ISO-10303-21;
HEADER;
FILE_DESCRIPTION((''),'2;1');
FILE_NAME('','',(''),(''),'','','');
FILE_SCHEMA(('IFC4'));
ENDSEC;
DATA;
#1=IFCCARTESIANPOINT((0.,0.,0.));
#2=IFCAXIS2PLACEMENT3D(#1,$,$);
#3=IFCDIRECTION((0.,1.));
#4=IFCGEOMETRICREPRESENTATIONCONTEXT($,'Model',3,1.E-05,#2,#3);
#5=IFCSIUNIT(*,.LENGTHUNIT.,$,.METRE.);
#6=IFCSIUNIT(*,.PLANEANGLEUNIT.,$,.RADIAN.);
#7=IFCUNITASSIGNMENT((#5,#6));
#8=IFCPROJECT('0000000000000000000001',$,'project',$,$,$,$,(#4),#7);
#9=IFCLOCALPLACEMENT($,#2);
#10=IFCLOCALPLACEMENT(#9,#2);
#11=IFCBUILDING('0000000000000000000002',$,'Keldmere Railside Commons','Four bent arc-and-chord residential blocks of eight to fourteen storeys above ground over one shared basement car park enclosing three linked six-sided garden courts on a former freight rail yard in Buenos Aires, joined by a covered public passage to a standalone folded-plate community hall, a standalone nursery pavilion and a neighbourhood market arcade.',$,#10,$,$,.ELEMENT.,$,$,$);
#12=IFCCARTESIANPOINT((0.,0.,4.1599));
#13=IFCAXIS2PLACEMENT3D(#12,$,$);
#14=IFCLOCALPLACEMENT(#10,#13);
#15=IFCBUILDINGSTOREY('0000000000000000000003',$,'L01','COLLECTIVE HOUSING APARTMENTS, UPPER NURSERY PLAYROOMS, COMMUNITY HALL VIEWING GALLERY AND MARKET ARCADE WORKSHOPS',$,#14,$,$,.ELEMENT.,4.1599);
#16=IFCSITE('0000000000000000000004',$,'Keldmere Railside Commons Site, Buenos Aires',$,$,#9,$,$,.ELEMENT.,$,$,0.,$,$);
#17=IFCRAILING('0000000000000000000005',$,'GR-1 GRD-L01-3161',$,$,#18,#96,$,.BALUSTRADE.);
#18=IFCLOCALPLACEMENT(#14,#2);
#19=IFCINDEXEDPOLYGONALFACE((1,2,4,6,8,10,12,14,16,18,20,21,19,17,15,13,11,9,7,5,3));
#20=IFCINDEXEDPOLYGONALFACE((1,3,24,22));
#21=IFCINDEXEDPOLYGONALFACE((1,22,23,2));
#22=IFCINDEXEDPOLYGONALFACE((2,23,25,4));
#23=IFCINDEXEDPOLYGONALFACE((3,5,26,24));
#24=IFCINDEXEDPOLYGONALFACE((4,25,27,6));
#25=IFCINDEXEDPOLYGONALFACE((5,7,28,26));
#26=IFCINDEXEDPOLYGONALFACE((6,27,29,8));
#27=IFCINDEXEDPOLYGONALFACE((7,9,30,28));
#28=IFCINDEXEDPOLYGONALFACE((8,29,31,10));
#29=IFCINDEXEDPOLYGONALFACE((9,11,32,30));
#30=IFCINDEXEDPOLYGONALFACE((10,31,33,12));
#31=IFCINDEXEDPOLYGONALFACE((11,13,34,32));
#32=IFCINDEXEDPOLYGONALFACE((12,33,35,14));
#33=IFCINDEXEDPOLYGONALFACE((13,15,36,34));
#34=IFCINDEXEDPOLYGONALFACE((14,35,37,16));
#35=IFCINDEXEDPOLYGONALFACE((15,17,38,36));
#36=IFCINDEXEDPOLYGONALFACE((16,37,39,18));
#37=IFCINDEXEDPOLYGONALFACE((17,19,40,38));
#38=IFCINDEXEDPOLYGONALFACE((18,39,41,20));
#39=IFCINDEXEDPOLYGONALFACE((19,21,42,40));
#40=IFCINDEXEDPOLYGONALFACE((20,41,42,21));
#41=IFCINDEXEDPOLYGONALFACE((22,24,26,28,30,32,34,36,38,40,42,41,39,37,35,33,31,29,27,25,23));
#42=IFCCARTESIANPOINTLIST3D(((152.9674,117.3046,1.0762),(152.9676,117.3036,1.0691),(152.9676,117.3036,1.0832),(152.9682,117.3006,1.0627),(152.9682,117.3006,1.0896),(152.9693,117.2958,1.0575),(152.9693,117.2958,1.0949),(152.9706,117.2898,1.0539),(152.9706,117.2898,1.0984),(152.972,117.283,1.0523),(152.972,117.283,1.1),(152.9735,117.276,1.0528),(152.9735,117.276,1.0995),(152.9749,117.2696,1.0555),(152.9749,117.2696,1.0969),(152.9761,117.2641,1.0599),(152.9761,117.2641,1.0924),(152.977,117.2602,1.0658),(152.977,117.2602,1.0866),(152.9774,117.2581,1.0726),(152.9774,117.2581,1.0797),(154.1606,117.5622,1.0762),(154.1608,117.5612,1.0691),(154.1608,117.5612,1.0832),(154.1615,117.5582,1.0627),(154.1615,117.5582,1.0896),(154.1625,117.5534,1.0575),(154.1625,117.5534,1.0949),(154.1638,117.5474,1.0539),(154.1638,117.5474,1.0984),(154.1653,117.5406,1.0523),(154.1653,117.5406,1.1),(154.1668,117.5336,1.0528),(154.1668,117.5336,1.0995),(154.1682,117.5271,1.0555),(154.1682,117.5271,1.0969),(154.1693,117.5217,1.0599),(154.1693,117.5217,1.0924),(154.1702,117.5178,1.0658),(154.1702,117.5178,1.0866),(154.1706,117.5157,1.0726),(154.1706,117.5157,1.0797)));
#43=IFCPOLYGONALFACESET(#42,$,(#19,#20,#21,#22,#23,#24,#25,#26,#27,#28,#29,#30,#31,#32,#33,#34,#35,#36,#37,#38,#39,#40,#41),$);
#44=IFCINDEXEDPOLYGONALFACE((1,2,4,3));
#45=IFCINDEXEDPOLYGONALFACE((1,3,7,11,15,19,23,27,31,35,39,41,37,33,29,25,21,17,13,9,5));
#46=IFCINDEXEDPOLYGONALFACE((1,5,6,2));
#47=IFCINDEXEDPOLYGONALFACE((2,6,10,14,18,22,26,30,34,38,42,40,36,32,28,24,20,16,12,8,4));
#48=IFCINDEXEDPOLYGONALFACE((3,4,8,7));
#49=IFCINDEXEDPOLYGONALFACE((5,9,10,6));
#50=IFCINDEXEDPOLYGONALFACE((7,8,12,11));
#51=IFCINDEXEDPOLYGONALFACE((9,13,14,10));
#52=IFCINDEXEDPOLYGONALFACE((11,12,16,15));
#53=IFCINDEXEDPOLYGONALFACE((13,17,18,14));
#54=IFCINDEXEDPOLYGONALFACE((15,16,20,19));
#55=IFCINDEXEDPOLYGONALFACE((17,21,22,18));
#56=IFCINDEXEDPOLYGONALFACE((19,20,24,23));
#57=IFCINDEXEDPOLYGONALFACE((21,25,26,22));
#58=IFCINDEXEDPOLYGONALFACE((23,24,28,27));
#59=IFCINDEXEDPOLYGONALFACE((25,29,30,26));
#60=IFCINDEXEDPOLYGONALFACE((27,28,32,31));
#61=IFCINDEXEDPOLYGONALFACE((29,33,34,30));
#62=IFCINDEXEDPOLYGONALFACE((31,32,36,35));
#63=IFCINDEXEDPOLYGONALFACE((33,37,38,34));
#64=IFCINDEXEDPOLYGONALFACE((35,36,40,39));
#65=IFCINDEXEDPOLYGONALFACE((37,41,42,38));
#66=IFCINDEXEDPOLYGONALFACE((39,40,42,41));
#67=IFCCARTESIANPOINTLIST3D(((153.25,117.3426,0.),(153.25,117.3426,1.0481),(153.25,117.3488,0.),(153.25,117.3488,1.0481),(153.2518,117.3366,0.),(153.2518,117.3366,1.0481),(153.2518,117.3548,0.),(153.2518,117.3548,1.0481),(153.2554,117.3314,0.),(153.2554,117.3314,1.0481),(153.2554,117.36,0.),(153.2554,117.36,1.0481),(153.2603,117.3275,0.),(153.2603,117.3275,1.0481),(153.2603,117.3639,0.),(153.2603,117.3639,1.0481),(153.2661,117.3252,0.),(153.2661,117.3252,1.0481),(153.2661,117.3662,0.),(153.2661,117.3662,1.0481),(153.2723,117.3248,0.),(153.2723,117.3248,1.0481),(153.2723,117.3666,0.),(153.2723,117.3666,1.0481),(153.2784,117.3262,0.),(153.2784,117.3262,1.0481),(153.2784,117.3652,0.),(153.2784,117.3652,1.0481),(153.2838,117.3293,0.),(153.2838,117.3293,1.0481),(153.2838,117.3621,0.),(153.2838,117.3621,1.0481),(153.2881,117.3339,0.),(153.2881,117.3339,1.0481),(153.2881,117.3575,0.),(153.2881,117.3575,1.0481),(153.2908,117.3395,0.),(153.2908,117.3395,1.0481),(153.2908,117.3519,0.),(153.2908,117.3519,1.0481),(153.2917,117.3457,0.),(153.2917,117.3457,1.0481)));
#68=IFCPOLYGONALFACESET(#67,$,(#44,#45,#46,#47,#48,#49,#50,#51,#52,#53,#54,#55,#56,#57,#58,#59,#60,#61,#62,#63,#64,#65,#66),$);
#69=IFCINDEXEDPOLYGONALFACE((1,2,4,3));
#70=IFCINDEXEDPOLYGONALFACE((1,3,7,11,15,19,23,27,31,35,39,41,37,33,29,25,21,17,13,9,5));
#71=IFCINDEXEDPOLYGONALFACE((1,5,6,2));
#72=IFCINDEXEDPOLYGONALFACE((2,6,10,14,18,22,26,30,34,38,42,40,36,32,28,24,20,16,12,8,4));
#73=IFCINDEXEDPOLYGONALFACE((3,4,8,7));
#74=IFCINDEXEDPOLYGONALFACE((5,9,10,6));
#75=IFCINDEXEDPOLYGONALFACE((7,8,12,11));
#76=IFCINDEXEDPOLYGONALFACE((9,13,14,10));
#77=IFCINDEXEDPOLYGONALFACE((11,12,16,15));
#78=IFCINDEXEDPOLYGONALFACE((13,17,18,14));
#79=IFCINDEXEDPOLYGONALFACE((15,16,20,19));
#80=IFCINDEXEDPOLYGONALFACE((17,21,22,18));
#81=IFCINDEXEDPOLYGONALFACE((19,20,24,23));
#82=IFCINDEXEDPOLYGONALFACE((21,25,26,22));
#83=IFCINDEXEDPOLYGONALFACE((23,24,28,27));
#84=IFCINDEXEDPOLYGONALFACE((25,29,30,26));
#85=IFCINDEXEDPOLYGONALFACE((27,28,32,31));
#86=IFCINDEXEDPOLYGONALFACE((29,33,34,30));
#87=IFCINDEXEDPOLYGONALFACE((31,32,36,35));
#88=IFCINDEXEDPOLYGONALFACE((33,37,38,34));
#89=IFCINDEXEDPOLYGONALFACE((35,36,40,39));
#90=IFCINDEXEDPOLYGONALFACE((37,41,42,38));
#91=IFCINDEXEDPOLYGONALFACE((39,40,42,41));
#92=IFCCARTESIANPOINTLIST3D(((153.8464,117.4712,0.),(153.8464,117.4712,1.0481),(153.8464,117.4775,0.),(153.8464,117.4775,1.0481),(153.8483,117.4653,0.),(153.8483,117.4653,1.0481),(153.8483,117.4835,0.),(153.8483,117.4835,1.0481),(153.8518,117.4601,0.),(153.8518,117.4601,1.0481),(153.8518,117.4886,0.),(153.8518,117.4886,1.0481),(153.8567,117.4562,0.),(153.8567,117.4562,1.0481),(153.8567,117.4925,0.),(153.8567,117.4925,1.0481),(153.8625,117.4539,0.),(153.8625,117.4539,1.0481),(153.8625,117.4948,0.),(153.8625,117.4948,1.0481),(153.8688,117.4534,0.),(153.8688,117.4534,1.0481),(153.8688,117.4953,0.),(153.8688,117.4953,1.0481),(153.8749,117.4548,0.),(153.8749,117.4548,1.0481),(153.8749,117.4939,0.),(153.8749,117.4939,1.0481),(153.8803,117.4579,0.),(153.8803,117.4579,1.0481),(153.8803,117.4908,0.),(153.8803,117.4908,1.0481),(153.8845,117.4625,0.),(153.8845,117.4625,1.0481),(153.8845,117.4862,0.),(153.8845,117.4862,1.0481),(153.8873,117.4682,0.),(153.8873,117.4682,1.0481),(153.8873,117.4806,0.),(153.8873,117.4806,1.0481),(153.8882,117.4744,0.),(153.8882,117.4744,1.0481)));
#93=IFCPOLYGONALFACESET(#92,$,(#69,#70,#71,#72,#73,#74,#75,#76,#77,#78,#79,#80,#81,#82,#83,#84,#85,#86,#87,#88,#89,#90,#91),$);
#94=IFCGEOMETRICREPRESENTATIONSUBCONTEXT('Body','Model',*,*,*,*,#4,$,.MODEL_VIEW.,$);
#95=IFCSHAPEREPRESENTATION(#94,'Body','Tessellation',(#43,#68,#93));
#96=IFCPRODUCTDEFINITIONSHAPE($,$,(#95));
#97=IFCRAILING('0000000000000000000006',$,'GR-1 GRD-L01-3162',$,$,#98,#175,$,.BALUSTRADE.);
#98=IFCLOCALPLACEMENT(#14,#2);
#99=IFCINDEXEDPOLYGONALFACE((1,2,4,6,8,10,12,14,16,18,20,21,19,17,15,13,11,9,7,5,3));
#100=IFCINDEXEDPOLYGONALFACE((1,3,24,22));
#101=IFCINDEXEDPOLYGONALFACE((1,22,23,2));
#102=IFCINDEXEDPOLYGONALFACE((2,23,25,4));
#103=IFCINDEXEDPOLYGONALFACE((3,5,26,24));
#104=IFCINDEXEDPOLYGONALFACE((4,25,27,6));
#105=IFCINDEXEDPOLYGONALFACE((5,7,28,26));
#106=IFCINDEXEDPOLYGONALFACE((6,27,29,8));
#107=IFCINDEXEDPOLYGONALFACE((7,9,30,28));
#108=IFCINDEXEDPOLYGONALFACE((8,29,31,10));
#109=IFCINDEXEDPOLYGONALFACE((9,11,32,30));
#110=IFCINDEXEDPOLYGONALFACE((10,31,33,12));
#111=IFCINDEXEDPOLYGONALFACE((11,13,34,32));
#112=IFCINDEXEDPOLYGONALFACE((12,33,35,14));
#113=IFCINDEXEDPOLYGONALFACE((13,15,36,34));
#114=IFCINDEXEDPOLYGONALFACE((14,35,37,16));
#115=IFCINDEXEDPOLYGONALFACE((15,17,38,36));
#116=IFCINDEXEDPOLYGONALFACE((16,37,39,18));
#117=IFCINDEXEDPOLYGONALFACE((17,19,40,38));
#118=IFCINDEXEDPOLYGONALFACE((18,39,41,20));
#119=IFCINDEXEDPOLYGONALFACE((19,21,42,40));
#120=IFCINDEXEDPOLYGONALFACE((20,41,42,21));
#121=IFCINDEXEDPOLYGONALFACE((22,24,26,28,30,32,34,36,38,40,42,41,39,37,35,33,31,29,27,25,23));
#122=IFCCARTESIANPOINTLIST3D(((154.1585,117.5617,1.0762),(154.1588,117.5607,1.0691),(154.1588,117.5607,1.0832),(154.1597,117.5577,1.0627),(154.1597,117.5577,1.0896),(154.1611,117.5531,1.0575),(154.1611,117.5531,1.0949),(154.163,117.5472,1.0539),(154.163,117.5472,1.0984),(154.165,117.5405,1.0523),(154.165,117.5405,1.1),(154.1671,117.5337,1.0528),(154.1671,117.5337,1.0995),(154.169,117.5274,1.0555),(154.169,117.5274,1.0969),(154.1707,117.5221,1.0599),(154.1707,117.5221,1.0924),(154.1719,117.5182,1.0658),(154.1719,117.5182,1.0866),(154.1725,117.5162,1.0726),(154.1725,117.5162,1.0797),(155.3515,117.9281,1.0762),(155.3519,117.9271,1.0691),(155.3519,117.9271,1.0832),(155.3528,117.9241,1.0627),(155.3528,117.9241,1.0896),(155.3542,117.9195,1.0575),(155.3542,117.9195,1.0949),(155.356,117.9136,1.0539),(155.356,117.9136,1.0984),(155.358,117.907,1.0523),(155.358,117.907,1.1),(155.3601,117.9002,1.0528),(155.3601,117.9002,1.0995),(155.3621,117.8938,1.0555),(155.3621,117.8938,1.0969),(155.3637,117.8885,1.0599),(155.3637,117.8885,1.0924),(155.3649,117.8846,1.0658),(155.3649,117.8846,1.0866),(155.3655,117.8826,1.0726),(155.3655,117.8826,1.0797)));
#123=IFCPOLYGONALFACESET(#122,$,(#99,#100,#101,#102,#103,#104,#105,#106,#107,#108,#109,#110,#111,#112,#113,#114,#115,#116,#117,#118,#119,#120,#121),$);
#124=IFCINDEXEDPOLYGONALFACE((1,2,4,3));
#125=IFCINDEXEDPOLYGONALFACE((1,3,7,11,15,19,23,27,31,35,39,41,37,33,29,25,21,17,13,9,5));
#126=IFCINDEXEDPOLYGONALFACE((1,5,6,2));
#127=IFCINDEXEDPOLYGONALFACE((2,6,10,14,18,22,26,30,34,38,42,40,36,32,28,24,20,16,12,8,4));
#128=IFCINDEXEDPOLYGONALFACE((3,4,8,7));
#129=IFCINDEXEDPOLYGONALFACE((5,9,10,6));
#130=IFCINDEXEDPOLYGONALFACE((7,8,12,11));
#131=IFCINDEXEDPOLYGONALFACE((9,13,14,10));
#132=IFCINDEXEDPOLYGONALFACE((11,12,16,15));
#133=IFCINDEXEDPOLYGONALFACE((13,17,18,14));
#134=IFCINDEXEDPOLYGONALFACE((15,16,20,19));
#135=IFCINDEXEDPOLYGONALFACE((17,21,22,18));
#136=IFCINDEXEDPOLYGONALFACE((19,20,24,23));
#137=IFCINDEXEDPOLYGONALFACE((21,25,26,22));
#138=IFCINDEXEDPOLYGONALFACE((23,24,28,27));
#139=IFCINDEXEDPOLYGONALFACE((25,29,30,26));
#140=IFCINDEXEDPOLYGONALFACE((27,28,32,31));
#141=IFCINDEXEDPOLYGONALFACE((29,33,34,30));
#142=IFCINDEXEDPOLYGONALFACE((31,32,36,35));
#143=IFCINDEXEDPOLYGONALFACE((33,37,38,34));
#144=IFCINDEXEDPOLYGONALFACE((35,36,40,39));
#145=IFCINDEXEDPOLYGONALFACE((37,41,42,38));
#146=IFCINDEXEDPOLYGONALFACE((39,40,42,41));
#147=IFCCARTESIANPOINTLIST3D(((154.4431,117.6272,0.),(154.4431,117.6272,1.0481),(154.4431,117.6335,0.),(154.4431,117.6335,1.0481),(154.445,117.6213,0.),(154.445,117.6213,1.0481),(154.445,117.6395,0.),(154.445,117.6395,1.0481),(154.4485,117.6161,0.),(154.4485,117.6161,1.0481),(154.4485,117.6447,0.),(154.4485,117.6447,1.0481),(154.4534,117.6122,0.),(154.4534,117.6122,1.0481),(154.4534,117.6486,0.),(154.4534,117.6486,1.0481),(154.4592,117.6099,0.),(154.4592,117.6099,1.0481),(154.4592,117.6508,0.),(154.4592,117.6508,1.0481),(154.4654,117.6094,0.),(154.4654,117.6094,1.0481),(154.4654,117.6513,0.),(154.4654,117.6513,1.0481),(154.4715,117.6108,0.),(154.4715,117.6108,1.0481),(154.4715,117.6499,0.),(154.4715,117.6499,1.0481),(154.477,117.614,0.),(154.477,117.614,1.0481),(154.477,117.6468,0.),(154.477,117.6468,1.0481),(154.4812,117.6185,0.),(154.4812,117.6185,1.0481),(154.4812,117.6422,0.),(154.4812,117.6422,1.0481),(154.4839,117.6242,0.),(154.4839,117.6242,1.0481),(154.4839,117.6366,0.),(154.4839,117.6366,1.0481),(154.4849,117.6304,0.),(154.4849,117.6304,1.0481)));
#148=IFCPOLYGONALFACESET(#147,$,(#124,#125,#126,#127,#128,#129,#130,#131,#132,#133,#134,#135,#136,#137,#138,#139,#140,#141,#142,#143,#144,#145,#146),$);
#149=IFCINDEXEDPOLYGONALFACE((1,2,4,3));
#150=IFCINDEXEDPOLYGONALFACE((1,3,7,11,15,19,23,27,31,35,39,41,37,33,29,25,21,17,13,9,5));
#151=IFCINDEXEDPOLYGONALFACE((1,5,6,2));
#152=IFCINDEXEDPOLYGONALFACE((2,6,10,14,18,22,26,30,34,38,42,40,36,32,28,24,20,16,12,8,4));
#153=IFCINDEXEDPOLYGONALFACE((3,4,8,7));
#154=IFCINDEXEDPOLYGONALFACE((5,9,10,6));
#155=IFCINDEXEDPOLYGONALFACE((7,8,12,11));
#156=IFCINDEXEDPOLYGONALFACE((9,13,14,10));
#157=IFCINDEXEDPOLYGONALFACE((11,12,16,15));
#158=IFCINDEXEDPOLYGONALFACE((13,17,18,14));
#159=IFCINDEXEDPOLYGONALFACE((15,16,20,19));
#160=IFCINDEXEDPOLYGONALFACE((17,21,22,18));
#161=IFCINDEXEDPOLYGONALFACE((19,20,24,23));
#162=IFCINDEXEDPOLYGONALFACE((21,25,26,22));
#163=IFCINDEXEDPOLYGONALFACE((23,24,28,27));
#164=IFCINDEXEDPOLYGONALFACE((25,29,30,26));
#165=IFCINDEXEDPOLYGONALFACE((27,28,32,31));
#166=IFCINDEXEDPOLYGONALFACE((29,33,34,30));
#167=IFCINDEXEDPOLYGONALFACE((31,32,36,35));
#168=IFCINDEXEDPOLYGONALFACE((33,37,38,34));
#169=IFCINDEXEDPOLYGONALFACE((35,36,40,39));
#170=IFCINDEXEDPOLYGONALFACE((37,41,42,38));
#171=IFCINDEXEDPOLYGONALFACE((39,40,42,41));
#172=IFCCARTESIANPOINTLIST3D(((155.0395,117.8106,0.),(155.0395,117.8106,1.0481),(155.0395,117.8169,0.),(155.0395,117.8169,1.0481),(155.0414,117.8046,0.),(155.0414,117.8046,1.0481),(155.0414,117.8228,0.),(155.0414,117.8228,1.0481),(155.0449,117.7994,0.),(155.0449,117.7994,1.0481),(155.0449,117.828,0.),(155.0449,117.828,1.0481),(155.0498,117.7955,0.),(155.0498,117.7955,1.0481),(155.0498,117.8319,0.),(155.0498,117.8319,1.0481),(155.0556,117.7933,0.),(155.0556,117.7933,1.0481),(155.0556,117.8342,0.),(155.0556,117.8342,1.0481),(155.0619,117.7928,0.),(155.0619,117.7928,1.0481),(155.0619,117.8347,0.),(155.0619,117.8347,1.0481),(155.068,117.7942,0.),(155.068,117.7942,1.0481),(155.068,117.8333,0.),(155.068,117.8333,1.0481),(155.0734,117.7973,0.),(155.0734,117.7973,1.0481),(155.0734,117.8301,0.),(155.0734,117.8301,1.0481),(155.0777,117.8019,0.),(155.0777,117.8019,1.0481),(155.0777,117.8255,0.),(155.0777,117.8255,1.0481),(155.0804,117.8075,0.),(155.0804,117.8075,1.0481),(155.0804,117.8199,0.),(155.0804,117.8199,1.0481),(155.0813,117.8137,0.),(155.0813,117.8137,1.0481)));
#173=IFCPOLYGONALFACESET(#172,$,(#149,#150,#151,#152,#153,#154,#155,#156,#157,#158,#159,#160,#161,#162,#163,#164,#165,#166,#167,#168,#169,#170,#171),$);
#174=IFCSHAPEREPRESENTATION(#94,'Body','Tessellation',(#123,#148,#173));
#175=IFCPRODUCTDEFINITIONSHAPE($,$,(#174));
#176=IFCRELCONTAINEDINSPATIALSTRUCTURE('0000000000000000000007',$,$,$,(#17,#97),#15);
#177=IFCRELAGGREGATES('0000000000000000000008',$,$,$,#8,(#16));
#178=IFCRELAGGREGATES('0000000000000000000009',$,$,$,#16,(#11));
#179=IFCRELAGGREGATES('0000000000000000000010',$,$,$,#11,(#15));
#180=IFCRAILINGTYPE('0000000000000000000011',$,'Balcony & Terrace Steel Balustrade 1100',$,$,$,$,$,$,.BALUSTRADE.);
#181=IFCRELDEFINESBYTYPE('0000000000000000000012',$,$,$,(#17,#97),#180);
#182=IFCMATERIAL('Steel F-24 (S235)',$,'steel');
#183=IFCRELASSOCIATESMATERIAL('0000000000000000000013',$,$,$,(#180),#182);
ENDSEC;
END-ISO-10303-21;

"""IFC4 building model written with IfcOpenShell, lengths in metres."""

from ifc_helpers import new_model, si_unit, direction, frame, origin, origin_2d, place, context, subcontext, project, spatial, circle, extrude, material, type_object, element, save


model = new_model("IFC4")

# Units and contexts
model_context = context("Model", 3, precision=1e-05, world=origin(), true_north=direction((0.0, 1.0)))
body_context = subcontext(model_context, "Body", "Model", "MODEL_VIEW")
ifc_project = project(units=[si_unit("LENGTHUNIT", "METRE"), si_unit("PLANEANGLEUNIT", "RADIAN")], contexts=[model_context])

# Site, building, storey
site_placement = place(None, origin())
site = spatial("IfcSite", under=ifc_project, at=site_placement, Name="Keldmere Railside Commons Site, Buenos Aires", CompositionType="ELEMENT", RefElevation=0.0)
building_placement = place(site_placement, origin())
building = spatial("IfcBuilding", under=site, at=building_placement, Name="Keldmere Railside Commons", Description="Four bent arc-and-chord residential blocks of eight to fourteen storeys above ground over one shared basement car park enclosing three linked six-sided garden courts on a former freight rail yard in Buenos Aires, joined by a covered public passage to a standalone folded-plate community hall, a standalone nursery pavilion and a neighbourhood market arcade.", CompositionType="ELEMENT")
storey_placement = place(building_placement, frame((0.0, 0.0, 4.1599)))
storey = spatial("IfcBuildingStorey", under=building, at=storey_placement, Name="L01", Description="COLLECTIVE HOUSING APARTMENTS, UPPER NURSERY PLAYROOMS, COMMUNITY HALL VIEWING GALLERY AND MARKET ARCADE WORKSHOPS", CompositionType="ELEMENT", Elevation=4.1599)

# Railings
ifc_material_1 = material(Name="Steel F-24 (S235)", Category="steel")
railing_type = type_object("IfcRailingType", Name="Balcony & Terrace Steel Balustrade 1100", PredefinedType="BALUSTRADE", material=ifc_material_1)
railing_1_placement = place(storey_placement, frame((152.9724, 117.2812, 0.0)))
element("IfcRailing", 1, at=railing_1_placement, inside=storey, type_object=railing_type, Name="GR-1 GRD-L01-3161", PredefinedType="BALUSTRADE", context=body_context, shape_type="SweptSolid", body=[
    extrude(circle(Radius=0.0239, at=origin_2d()), frame((0.0, 0.0, 1.0762), z_axis=(0.977482, 0.211018, 0.0), x_axis=(-0.211018, 0.977482, 0.0)), (0.0, 0.0, 1.0), 1.2207),
    extrude(circle(Radius=0.021, at=origin_2d()), frame((0.2983, 0.0645, 0.0)), (0.0, 0.0, 1.0), 1.0481),
    extrude(circle(Radius=0.021, at=origin_2d()), frame((0.8948, 0.1931, 0.0)), (0.0, 0.0, 1.0), 1.0481),
])
railing_2_placement = place(storey_placement, frame((154.1655, 117.5388, 0.0)))
element("IfcRailing", 2, at=railing_2_placement, inside=storey, type_object=railing_type, Name="GR-1 GRD-L01-3162", PredefinedType="BALUSTRADE", context=body_context, shape_type="SweptSolid", body=[
    extrude(circle(Radius=0.0239, at=origin_2d()), frame((0.0, 0.0, 1.0762), z_axis=(0.955927, 0.293605, 0.0), x_axis=(-0.293605, 0.955927, 0.0)), (0.0, 0.0, 1.0), 1.248),
    extrude(circle(Radius=0.021, at=origin_2d()), frame((0.2983, 0.0916, 0.0)), (0.0, 0.0, 1.0), 1.0481),
    extrude(circle(Radius=0.021, at=origin_2d()), frame((0.8948, 0.2749, 0.0)), (0.0, 0.0, 1.0), 1.0481),
])

save(model, "model.ifc")
